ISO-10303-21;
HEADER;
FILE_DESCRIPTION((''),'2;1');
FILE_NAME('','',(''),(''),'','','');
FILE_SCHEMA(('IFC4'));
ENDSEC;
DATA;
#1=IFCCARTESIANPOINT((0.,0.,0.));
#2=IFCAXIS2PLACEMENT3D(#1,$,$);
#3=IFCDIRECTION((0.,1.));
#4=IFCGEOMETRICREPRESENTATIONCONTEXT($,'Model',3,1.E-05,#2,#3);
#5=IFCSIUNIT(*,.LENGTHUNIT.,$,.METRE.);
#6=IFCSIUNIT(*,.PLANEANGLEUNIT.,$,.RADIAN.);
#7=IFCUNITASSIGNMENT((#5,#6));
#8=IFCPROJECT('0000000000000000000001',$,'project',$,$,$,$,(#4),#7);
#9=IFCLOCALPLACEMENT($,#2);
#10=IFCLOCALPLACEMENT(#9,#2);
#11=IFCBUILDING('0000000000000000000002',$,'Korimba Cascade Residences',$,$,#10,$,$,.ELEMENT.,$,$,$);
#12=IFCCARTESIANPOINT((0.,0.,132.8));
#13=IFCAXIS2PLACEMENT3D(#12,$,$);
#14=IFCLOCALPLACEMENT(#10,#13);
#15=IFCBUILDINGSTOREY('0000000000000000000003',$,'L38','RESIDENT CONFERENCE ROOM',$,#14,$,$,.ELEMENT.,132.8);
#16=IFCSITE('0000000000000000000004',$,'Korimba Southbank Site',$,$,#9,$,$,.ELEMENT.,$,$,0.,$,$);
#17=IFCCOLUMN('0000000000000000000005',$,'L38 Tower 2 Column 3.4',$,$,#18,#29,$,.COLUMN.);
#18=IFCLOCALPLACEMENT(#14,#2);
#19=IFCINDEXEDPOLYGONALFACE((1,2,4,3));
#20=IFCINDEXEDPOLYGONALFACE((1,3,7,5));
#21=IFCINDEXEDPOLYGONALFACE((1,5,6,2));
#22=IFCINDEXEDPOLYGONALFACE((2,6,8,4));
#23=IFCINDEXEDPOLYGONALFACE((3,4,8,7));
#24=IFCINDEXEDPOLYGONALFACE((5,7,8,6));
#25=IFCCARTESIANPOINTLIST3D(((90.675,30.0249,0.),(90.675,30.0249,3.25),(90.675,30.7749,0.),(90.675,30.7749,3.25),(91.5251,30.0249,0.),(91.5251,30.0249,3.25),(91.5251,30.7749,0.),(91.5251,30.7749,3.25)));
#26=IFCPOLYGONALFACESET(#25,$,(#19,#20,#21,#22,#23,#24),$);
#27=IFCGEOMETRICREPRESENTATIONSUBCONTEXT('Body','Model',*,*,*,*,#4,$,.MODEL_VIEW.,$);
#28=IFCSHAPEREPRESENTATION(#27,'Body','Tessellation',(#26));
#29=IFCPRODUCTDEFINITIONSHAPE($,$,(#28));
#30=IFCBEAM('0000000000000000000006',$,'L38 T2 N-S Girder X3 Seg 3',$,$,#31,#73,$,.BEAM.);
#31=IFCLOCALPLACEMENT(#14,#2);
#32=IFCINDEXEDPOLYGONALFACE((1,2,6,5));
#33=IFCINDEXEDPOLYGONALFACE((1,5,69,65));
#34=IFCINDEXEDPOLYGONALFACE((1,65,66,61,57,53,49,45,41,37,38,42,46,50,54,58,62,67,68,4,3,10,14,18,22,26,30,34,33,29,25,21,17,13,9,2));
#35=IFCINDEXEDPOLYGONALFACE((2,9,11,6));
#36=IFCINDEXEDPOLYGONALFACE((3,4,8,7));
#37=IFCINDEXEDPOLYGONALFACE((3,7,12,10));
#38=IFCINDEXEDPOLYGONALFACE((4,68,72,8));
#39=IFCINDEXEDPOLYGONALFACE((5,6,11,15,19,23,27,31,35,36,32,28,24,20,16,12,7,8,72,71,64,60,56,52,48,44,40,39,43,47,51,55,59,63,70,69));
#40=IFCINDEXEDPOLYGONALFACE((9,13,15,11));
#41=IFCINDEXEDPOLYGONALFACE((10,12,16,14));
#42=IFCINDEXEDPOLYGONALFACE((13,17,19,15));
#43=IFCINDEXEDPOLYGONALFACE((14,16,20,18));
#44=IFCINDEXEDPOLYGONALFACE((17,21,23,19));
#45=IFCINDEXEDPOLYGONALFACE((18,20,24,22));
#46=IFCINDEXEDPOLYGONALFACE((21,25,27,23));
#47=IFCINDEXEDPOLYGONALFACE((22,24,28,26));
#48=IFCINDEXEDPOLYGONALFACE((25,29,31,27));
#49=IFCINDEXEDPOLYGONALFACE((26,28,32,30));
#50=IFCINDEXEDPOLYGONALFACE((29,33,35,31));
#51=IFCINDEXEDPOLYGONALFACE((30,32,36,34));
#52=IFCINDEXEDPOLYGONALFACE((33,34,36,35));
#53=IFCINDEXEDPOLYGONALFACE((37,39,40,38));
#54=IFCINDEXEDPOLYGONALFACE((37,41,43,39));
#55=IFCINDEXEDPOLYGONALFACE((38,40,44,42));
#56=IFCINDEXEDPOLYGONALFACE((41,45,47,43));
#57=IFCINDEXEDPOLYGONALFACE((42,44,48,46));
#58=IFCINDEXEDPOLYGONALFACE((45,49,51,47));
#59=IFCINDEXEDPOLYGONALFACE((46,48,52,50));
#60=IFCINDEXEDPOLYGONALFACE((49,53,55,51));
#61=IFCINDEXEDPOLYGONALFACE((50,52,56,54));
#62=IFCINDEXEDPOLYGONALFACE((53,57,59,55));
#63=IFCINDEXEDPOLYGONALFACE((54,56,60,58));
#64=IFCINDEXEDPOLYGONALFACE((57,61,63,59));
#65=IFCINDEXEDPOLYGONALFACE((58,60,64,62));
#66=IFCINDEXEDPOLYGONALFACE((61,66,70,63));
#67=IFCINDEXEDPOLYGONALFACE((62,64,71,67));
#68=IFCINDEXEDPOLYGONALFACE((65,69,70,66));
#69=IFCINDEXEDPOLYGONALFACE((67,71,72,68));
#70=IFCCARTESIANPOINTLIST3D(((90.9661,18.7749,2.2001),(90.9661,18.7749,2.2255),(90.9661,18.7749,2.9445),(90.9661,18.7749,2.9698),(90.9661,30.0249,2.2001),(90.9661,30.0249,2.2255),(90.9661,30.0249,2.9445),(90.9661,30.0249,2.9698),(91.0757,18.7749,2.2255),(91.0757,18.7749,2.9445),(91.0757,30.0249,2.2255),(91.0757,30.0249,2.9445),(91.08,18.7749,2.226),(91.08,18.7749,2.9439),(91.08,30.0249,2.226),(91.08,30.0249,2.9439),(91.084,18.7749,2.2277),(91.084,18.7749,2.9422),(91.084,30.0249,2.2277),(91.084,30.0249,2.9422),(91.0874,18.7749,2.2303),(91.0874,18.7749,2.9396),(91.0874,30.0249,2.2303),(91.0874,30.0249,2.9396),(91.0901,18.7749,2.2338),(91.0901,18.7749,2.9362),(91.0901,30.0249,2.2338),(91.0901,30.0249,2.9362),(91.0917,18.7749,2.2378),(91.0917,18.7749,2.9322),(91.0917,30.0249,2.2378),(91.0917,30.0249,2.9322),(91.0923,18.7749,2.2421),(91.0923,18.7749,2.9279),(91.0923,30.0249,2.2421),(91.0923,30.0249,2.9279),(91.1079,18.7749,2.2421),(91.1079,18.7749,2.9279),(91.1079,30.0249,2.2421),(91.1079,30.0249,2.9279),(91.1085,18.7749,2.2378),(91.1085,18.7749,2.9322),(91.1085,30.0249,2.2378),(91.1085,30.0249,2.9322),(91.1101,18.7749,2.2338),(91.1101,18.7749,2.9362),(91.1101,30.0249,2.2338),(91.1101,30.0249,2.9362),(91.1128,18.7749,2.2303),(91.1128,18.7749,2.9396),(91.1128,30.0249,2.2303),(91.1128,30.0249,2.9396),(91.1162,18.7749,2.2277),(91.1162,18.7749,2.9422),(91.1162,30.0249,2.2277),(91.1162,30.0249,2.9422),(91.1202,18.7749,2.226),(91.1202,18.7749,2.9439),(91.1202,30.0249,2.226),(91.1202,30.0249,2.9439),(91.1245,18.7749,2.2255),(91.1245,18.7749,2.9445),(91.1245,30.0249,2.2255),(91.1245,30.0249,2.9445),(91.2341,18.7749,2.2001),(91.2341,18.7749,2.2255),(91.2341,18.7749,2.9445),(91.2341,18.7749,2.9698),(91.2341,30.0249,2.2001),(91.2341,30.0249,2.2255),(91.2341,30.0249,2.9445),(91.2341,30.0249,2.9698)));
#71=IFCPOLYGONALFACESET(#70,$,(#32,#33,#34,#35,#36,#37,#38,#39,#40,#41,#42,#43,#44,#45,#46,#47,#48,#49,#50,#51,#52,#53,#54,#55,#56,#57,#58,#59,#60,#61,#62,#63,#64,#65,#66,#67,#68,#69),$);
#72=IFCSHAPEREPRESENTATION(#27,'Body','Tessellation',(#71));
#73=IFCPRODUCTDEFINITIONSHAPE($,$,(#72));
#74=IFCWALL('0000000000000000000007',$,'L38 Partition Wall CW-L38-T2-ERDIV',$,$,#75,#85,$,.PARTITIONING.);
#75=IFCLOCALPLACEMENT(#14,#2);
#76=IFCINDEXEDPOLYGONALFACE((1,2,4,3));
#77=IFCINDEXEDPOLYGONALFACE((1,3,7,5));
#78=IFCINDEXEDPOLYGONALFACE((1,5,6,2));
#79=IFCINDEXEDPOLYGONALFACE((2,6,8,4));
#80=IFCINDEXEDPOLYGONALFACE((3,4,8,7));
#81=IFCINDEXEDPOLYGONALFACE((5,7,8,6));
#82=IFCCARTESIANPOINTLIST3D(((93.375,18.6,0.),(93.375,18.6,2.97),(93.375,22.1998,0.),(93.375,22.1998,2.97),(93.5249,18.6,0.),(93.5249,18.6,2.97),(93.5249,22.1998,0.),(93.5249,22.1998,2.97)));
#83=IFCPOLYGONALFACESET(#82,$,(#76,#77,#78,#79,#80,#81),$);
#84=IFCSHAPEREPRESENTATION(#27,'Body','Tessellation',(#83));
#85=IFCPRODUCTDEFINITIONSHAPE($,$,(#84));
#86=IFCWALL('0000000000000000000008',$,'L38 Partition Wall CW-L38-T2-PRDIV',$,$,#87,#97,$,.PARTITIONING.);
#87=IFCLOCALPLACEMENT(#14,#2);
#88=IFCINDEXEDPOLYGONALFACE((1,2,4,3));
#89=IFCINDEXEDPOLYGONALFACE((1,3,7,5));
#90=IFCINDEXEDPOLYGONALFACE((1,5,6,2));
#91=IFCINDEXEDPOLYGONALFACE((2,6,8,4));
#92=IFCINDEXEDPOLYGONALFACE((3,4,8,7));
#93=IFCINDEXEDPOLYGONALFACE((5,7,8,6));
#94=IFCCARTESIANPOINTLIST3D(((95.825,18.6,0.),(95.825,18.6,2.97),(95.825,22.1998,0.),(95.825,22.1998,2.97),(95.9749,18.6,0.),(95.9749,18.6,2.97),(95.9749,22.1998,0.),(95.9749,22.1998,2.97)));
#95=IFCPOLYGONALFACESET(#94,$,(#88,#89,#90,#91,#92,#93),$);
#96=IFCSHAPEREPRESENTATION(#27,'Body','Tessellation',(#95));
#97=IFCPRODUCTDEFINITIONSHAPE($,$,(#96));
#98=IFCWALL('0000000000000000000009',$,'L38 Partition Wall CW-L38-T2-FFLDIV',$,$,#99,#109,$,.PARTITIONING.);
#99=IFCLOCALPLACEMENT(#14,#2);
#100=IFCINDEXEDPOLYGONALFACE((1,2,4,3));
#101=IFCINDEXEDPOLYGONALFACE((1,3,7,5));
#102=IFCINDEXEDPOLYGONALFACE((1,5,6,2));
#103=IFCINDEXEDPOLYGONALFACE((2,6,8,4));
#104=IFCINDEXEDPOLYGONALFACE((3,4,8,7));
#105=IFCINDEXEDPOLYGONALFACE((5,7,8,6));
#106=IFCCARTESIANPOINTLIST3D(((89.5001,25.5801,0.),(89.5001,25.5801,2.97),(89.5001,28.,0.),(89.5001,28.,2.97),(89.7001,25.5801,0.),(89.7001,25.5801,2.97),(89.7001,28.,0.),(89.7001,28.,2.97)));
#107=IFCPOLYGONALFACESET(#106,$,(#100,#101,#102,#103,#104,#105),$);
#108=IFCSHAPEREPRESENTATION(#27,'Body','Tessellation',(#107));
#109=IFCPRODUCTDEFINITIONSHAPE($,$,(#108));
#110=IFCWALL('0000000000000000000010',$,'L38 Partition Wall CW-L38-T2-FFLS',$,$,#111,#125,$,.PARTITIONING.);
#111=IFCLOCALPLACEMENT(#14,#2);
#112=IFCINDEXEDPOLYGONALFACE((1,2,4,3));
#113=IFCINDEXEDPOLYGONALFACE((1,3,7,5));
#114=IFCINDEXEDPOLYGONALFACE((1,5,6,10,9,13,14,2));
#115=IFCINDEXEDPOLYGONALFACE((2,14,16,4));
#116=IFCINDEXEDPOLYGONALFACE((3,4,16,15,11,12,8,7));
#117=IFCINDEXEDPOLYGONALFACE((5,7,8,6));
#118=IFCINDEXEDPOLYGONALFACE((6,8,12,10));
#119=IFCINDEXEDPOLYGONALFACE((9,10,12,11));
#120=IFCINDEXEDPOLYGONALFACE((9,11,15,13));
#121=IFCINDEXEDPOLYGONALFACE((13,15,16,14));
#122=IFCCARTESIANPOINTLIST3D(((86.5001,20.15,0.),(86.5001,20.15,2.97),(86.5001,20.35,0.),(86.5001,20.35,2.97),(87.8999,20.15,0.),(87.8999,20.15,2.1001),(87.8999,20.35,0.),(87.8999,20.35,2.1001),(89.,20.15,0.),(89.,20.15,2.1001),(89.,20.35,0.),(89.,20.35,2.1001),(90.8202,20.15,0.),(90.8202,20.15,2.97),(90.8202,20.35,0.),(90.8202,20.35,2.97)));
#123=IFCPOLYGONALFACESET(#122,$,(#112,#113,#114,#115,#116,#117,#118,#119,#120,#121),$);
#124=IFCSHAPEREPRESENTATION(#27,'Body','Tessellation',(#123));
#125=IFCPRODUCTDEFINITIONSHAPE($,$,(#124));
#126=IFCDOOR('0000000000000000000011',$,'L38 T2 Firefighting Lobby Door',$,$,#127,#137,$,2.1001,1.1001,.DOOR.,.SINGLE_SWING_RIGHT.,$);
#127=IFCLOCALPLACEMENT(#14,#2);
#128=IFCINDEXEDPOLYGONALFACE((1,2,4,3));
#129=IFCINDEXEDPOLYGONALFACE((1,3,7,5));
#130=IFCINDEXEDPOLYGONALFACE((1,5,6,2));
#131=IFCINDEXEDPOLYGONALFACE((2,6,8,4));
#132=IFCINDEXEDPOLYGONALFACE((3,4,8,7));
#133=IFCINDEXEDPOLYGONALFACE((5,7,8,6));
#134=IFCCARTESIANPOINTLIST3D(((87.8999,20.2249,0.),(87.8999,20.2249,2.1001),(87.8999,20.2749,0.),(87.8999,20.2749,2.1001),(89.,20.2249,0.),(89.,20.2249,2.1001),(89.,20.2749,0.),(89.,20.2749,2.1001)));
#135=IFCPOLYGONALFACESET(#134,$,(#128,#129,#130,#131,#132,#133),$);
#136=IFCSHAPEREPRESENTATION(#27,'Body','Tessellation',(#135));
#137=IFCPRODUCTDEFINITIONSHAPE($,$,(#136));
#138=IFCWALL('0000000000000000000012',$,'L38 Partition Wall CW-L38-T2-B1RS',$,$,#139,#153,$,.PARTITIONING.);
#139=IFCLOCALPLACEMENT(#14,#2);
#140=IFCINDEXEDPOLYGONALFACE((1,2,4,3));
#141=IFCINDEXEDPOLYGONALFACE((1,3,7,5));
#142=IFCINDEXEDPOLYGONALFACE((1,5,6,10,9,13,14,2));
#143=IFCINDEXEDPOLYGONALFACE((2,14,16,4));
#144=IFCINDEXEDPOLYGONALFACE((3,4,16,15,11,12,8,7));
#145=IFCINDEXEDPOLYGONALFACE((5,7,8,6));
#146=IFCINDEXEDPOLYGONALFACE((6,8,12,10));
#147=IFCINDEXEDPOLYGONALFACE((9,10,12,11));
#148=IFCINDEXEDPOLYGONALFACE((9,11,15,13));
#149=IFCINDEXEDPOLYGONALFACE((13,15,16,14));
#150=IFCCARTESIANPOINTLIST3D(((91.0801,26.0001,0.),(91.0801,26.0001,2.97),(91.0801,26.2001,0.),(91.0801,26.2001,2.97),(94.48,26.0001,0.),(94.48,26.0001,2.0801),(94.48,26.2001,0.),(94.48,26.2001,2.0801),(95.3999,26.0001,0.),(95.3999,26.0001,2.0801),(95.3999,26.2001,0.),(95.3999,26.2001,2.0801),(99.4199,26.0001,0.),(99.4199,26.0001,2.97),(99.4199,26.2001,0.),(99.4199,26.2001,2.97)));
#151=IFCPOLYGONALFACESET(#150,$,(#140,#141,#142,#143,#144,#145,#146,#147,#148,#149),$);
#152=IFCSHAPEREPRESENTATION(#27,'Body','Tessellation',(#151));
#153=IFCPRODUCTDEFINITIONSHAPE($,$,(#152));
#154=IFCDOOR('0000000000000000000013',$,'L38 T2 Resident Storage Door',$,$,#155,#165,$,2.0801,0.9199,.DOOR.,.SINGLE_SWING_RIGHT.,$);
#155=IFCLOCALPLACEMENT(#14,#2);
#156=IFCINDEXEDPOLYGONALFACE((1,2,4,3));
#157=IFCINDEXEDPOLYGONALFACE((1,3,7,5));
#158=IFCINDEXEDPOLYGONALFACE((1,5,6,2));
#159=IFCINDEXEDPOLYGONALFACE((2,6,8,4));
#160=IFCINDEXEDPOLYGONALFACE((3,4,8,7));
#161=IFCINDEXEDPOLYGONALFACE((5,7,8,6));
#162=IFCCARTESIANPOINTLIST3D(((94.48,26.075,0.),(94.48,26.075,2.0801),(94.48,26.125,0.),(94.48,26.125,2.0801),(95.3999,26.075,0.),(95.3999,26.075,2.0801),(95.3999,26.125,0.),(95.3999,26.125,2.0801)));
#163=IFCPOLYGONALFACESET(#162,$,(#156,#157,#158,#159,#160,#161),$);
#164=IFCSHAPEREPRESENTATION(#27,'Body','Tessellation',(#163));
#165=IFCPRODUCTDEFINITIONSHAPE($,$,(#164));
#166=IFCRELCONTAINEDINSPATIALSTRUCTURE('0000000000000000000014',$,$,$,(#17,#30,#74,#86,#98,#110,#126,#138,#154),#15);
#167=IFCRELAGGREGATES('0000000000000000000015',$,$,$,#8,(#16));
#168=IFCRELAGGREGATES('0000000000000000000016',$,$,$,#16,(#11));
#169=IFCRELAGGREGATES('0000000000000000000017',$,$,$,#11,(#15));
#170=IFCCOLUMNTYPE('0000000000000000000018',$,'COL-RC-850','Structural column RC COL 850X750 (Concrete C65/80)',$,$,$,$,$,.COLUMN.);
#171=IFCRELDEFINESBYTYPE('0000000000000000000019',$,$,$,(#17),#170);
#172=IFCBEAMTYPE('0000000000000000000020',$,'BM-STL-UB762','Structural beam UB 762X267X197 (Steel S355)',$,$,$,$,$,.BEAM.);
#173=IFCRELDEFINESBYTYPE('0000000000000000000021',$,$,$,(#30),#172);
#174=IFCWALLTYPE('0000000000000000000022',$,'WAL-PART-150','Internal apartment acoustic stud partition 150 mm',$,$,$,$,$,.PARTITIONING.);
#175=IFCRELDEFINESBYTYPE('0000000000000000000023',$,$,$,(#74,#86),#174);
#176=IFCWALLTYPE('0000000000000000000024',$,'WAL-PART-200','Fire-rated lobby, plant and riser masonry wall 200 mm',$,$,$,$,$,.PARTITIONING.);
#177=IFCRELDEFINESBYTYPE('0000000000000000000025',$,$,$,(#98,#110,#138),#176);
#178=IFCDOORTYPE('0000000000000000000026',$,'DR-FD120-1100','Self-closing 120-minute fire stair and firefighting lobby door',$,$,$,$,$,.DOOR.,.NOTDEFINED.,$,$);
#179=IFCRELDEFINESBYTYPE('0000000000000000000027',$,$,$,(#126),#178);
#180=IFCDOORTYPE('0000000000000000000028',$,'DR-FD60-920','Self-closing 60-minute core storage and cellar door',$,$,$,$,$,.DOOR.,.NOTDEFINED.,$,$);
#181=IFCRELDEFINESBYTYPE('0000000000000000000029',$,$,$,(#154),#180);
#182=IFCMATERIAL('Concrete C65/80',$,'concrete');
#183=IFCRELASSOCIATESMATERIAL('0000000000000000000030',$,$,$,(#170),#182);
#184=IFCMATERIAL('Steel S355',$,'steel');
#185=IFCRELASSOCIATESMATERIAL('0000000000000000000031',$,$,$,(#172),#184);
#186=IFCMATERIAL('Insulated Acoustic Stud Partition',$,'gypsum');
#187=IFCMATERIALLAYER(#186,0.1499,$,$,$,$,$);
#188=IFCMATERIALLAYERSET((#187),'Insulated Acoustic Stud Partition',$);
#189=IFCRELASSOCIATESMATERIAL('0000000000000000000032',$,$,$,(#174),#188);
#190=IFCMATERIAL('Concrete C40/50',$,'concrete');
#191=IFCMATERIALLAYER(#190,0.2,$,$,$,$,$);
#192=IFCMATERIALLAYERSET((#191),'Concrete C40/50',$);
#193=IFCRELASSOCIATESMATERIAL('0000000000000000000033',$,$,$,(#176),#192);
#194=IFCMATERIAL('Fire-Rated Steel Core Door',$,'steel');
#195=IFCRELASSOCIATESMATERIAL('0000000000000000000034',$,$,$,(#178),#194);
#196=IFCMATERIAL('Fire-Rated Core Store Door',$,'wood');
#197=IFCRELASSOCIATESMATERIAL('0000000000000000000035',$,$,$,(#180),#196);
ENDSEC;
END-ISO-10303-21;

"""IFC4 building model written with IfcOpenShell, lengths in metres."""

from ifc_helpers import new_model, si_unit, direction, frame, frame_2d, origin, origin_2d, place, context, subcontext, project, spatial, rectangle, i_section, extrude, material, layer, layer_set, material_profile, profile_set, type_object, element, fill, save


model = new_model("IFC4")

# Units and contexts
model_context = context("Model", 3, precision=1e-05, world=origin(), true_north=direction((0.0, 1.0)))
body_context = subcontext(model_context, "Body", "Model", "MODEL_VIEW")
ifc_project = project(units=[si_unit("LENGTHUNIT", "METRE"), si_unit("PLANEANGLEUNIT", "RADIAN")], contexts=[model_context])

# Site, building, storey
site_placement = place(None, origin())
site = spatial("IfcSite", under=ifc_project, at=site_placement, Name="Korimba Southbank Site", CompositionType="ELEMENT", RefElevation=0.0)
building_placement = place(site_placement, origin())
building = spatial("IfcBuilding", under=site, at=building_placement, Name="Korimba Cascade Residences", CompositionType="ELEMENT")
storey_placement = place(building_placement, frame((0.0, 0.0, 132.8)))
storey = spatial("IfcBuildingStorey", under=building, at=storey_placement, Name="L38", Description="RESIDENT CONFERENCE ROOM", CompositionType="ELEMENT", Elevation=132.8)

# Column
ifc_material_1 = material(Name="Concrete C65/80", Category="concrete")
ifc_material_profile_1 = material_profile(ifc_material_1, rectangle(XDim=0.8501, YDim=0.75, at=origin_2d()), Name="Concrete C65/80")
ifc_profile_set_1 = profile_set([ifc_material_profile_1], Name="Concrete C65/80")
column_type = type_object("IfcColumnType", Name="COL-RC-850", Description="Structural column RC COL 850X750 (Concrete C65/80)", PredefinedType="COLUMN", material=ifc_profile_set_1)
column_placement = place(storey_placement, frame((91.1001, 30.3999, 0.0), z_axis=(0.0, 0.0, 1.0), x_axis=(1.0, 0.0, 0.0)))
element("IfcColumn", 1, at=column_placement, inside=storey, type_object=column_type, Name="L38 Tower 2 Column 3.4", PredefinedType="COLUMN", context=body_context, shape_type="SweptSolid", body=[
    extrude(rectangle(XDim=0.8501, YDim=0.75, at=origin_2d()), origin(), (0.0, 0.0, 1.0), 3.25),
])

# Beam
ifc_material_2 = material(Name="Steel S355", Category="steel")
ifc_material_profile_2 = material_profile(ifc_material_2, i_section(OverallWidth=0.2681, OverallDepth=0.7698, WebThickness=0.0156, FlangeThickness=0.0254, FilletRadius=0.0166, at=origin_2d()), Name="Steel S355")
ifc_profile_set_2 = profile_set([ifc_material_profile_2], Name="Steel S355")
beam_type = type_object("IfcBeamType", Name="BM-STL-UB762", Description="Structural beam UB 762X267X197 (Steel S355)", PredefinedType="BEAM", material=ifc_profile_set_2)
beam_placement = place(storey_placement, frame((91.1001, 18.7749, 2.585), z_axis=(0.0, 1.0, 0.0), x_axis=(-1.0, 0.0, 0.0)))
element("IfcBeam", 2, at=beam_placement, inside=storey, type_object=beam_type, Name="L38 T2 N-S Girder X3 Seg 3", PredefinedType="BEAM", context=body_context, shape_type="SweptSolid", body=[
    extrude(i_section(OverallWidth=0.2681, OverallDepth=0.7698, WebThickness=0.0156, FlangeThickness=0.0254, FilletRadius=0.0166, at=origin_2d()), origin(), (0.0, 0.0, 1.0), 11.25),
])

# Walls
ifc_material_3 = material(Name="Insulated Acoustic Stud Partition", Category="gypsum")
ifc_layer_1 = layer(ifc_material_3, 0.1499)
ifc_layer_set_1 = layer_set([ifc_layer_1], Name="Insulated Acoustic Stud Partition")
wall_type_1 = type_object("IfcWallType", Name="WAL-PART-150", Description="Internal apartment acoustic stud partition 150 mm", PredefinedType="PARTITIONING", material=ifc_layer_set_1)
for number, where, z_axis, x_axis, name in (
    (3, (93.45, 18.6001, 0.0), (0.0, 0.0, 1.0), (0.0, 1.0, 0.0), "L38 Partition Wall CW-L38-T2-ERDIV"),
    (4, (95.8999, 18.6001, 0.0), (0.0, 0.0, 1.0), (0.0, 1.0, 0.0), "L38 Partition Wall CW-L38-T2-PRDIV"),
):
    element("IfcWall", number, at=place(storey_placement, frame(where, z_axis=z_axis, x_axis=x_axis)), inside=storey, type_object=wall_type_1, Name=name, PredefinedType="PARTITIONING", context=body_context, shape_type="SweptSolid", body=[
        extrude(rectangle(XDim=3.5999, YDim=0.1499, at=frame_2d((1.7998, 0.0))), origin(), (0.0, 0.0, 1.0), 2.97),
    ])
ifc_material_4 = material(Name="Concrete C40/50", Category="concrete")
ifc_layer_2 = layer(ifc_material_4, 0.2)
ifc_layer_set_2 = layer_set([ifc_layer_2], Name="Concrete C40/50")
wall_type_2 = type_object("IfcWallType", Name="WAL-PART-200", Description="Fire-rated lobby, plant and riser masonry wall 200 mm", PredefinedType="PARTITIONING", material=ifc_layer_set_2)
wall_1_placement = place(storey_placement, frame((89.6001, 25.5801, 0.0), z_axis=(0.0, 0.0, 1.0), x_axis=(0.0, 1.0, 0.0)))
element("IfcWall", 5, at=wall_1_placement, inside=storey, type_object=wall_type_2, Name="L38 Partition Wall CW-L38-T2-FFLDIV", PredefinedType="PARTITIONING", context=body_context, shape_type="SweptSolid", body=[
    extrude(rectangle(XDim=2.4199, YDim=0.2, at=frame_2d((1.21, 0.0))), origin(), (0.0, 0.0, 1.0), 2.97),
])

# Walls, openings, doors
wall_2_placement = place(storey_placement, frame((86.5, 20.25, 0.0), z_axis=(0.0, 0.0, 1.0), x_axis=(1.0, 0.0, 0.0)))
wall_2 = element("IfcWall", 6, at=wall_2_placement, inside=storey, type_object=wall_type_2, Name="L38 Partition Wall CW-L38-T2-FFLS", PredefinedType="PARTITIONING", context=body_context, shape_type="SweptSolid", body=[
    extrude(rectangle(XDim=4.3201, YDim=0.2, at=frame_2d((2.1602, 0.0))), origin(), (0.0, 0.0, 1.0), 2.97),
])
opening_1_placement = place(wall_2_placement, frame((1.3999, 0.0, 0.0)))
opening_1 = element("IfcOpeningElement", 7, at=opening_1_placement, cuts=wall_2, PredefinedType="OPENING", context=body_context, shape_type="SweptSolid", body=[
    extrude(rectangle(XDim=1.1001, YDim=2.1001, at=frame_2d((0.55, 1.05))), frame((0.0, 0.1099, 0.0), z_axis=(0.0, -1.0, 0.0), x_axis=(1.0, 0.0, 0.0)), (0.0, 0.0, 1.0), 0.22),
])
ifc_material_5 = material(Name="Fire-Rated Steel Core Door", Category="steel")
door_type_1 = type_object("IfcDoorType", Name="DR-FD120-1100", Description="Self-closing 120-minute fire stair and firefighting lobby door", OperationType="NOTDEFINED", PredefinedType="DOOR", material=ifc_material_5)
door_1_placement = place(opening_1_placement, origin())
door_1 = element("IfcDoor", 8, at=door_1_placement, inside=storey, type_object=door_type_1, Name="L38 T2 Firefighting Lobby Door", OperationType="SINGLE_SWING_RIGHT", OverallHeight=2.1001, OverallWidth=1.1001, PredefinedType="DOOR", context=body_context, shape_type="SweptSolid", body=[
    extrude(rectangle(XDim=1.1001, YDim=2.1001, at=frame_2d((0.55, 1.05))), frame((0.0, 0.0249, 0.0), z_axis=(0.0, -1.0, 0.0), x_axis=(1.0, 0.0, 0.0)), (0.0, 0.0, 1.0), 0.05),
])
fill(opening_1, door_1)
wall_3_placement = place(storey_placement, frame((91.0801, 26.1001, 0.0), z_axis=(0.0, 0.0, 1.0), x_axis=(1.0, 0.0, 0.0)))
wall_3 = element("IfcWall", 9, at=wall_3_placement, inside=storey, type_object=wall_type_2, Name="L38 Partition Wall CW-L38-T2-B1RS", PredefinedType="PARTITIONING", context=body_context, shape_type="SweptSolid", body=[
    extrude(rectangle(XDim=8.3398, YDim=0.2, at=frame_2d((4.1699, 0.0))), origin(), (0.0, 0.0, 1.0), 2.97),
])
opening_2_placement = place(wall_3_placement, frame((3.3999, 0.0, 0.0)))
opening_2 = element("IfcOpeningElement", 10, at=opening_2_placement, cuts=wall_3, PredefinedType="OPENING", context=body_context, shape_type="SweptSolid", body=[
    extrude(rectangle(XDim=0.9199, YDim=2.0801, at=frame_2d((0.46, 1.04))), frame((0.0, 0.1099, 0.0), z_axis=(0.0, -1.0, 0.0), x_axis=(1.0, 0.0, 0.0)), (0.0, 0.0, 1.0), 0.22),
])
ifc_material_6 = material(Name="Fire-Rated Core Store Door", Category="wood")
door_type_2 = type_object("IfcDoorType", Name="DR-FD60-920", Description="Self-closing 60-minute core storage and cellar door", OperationType="NOTDEFINED", PredefinedType="DOOR", material=ifc_material_6)
door_2_placement = place(opening_2_placement, origin())
door_2 = element("IfcDoor", 11, at=door_2_placement, inside=storey, type_object=door_type_2, Name="L38 T2 Resident Storage Door", OperationType="SINGLE_SWING_RIGHT", OverallHeight=2.0801, OverallWidth=0.9199, PredefinedType="DOOR", context=body_context, shape_type="SweptSolid", body=[
    extrude(rectangle(XDim=0.9199, YDim=2.0801, at=frame_2d((0.46, 1.04))), frame((0.0, 0.0249, 0.0), z_axis=(0.0, -1.0, 0.0), x_axis=(1.0, 0.0, 0.0)), (0.0, 0.0, 1.0), 0.05),
])
fill(opening_2, door_2)

save(model, "model.ifc")
